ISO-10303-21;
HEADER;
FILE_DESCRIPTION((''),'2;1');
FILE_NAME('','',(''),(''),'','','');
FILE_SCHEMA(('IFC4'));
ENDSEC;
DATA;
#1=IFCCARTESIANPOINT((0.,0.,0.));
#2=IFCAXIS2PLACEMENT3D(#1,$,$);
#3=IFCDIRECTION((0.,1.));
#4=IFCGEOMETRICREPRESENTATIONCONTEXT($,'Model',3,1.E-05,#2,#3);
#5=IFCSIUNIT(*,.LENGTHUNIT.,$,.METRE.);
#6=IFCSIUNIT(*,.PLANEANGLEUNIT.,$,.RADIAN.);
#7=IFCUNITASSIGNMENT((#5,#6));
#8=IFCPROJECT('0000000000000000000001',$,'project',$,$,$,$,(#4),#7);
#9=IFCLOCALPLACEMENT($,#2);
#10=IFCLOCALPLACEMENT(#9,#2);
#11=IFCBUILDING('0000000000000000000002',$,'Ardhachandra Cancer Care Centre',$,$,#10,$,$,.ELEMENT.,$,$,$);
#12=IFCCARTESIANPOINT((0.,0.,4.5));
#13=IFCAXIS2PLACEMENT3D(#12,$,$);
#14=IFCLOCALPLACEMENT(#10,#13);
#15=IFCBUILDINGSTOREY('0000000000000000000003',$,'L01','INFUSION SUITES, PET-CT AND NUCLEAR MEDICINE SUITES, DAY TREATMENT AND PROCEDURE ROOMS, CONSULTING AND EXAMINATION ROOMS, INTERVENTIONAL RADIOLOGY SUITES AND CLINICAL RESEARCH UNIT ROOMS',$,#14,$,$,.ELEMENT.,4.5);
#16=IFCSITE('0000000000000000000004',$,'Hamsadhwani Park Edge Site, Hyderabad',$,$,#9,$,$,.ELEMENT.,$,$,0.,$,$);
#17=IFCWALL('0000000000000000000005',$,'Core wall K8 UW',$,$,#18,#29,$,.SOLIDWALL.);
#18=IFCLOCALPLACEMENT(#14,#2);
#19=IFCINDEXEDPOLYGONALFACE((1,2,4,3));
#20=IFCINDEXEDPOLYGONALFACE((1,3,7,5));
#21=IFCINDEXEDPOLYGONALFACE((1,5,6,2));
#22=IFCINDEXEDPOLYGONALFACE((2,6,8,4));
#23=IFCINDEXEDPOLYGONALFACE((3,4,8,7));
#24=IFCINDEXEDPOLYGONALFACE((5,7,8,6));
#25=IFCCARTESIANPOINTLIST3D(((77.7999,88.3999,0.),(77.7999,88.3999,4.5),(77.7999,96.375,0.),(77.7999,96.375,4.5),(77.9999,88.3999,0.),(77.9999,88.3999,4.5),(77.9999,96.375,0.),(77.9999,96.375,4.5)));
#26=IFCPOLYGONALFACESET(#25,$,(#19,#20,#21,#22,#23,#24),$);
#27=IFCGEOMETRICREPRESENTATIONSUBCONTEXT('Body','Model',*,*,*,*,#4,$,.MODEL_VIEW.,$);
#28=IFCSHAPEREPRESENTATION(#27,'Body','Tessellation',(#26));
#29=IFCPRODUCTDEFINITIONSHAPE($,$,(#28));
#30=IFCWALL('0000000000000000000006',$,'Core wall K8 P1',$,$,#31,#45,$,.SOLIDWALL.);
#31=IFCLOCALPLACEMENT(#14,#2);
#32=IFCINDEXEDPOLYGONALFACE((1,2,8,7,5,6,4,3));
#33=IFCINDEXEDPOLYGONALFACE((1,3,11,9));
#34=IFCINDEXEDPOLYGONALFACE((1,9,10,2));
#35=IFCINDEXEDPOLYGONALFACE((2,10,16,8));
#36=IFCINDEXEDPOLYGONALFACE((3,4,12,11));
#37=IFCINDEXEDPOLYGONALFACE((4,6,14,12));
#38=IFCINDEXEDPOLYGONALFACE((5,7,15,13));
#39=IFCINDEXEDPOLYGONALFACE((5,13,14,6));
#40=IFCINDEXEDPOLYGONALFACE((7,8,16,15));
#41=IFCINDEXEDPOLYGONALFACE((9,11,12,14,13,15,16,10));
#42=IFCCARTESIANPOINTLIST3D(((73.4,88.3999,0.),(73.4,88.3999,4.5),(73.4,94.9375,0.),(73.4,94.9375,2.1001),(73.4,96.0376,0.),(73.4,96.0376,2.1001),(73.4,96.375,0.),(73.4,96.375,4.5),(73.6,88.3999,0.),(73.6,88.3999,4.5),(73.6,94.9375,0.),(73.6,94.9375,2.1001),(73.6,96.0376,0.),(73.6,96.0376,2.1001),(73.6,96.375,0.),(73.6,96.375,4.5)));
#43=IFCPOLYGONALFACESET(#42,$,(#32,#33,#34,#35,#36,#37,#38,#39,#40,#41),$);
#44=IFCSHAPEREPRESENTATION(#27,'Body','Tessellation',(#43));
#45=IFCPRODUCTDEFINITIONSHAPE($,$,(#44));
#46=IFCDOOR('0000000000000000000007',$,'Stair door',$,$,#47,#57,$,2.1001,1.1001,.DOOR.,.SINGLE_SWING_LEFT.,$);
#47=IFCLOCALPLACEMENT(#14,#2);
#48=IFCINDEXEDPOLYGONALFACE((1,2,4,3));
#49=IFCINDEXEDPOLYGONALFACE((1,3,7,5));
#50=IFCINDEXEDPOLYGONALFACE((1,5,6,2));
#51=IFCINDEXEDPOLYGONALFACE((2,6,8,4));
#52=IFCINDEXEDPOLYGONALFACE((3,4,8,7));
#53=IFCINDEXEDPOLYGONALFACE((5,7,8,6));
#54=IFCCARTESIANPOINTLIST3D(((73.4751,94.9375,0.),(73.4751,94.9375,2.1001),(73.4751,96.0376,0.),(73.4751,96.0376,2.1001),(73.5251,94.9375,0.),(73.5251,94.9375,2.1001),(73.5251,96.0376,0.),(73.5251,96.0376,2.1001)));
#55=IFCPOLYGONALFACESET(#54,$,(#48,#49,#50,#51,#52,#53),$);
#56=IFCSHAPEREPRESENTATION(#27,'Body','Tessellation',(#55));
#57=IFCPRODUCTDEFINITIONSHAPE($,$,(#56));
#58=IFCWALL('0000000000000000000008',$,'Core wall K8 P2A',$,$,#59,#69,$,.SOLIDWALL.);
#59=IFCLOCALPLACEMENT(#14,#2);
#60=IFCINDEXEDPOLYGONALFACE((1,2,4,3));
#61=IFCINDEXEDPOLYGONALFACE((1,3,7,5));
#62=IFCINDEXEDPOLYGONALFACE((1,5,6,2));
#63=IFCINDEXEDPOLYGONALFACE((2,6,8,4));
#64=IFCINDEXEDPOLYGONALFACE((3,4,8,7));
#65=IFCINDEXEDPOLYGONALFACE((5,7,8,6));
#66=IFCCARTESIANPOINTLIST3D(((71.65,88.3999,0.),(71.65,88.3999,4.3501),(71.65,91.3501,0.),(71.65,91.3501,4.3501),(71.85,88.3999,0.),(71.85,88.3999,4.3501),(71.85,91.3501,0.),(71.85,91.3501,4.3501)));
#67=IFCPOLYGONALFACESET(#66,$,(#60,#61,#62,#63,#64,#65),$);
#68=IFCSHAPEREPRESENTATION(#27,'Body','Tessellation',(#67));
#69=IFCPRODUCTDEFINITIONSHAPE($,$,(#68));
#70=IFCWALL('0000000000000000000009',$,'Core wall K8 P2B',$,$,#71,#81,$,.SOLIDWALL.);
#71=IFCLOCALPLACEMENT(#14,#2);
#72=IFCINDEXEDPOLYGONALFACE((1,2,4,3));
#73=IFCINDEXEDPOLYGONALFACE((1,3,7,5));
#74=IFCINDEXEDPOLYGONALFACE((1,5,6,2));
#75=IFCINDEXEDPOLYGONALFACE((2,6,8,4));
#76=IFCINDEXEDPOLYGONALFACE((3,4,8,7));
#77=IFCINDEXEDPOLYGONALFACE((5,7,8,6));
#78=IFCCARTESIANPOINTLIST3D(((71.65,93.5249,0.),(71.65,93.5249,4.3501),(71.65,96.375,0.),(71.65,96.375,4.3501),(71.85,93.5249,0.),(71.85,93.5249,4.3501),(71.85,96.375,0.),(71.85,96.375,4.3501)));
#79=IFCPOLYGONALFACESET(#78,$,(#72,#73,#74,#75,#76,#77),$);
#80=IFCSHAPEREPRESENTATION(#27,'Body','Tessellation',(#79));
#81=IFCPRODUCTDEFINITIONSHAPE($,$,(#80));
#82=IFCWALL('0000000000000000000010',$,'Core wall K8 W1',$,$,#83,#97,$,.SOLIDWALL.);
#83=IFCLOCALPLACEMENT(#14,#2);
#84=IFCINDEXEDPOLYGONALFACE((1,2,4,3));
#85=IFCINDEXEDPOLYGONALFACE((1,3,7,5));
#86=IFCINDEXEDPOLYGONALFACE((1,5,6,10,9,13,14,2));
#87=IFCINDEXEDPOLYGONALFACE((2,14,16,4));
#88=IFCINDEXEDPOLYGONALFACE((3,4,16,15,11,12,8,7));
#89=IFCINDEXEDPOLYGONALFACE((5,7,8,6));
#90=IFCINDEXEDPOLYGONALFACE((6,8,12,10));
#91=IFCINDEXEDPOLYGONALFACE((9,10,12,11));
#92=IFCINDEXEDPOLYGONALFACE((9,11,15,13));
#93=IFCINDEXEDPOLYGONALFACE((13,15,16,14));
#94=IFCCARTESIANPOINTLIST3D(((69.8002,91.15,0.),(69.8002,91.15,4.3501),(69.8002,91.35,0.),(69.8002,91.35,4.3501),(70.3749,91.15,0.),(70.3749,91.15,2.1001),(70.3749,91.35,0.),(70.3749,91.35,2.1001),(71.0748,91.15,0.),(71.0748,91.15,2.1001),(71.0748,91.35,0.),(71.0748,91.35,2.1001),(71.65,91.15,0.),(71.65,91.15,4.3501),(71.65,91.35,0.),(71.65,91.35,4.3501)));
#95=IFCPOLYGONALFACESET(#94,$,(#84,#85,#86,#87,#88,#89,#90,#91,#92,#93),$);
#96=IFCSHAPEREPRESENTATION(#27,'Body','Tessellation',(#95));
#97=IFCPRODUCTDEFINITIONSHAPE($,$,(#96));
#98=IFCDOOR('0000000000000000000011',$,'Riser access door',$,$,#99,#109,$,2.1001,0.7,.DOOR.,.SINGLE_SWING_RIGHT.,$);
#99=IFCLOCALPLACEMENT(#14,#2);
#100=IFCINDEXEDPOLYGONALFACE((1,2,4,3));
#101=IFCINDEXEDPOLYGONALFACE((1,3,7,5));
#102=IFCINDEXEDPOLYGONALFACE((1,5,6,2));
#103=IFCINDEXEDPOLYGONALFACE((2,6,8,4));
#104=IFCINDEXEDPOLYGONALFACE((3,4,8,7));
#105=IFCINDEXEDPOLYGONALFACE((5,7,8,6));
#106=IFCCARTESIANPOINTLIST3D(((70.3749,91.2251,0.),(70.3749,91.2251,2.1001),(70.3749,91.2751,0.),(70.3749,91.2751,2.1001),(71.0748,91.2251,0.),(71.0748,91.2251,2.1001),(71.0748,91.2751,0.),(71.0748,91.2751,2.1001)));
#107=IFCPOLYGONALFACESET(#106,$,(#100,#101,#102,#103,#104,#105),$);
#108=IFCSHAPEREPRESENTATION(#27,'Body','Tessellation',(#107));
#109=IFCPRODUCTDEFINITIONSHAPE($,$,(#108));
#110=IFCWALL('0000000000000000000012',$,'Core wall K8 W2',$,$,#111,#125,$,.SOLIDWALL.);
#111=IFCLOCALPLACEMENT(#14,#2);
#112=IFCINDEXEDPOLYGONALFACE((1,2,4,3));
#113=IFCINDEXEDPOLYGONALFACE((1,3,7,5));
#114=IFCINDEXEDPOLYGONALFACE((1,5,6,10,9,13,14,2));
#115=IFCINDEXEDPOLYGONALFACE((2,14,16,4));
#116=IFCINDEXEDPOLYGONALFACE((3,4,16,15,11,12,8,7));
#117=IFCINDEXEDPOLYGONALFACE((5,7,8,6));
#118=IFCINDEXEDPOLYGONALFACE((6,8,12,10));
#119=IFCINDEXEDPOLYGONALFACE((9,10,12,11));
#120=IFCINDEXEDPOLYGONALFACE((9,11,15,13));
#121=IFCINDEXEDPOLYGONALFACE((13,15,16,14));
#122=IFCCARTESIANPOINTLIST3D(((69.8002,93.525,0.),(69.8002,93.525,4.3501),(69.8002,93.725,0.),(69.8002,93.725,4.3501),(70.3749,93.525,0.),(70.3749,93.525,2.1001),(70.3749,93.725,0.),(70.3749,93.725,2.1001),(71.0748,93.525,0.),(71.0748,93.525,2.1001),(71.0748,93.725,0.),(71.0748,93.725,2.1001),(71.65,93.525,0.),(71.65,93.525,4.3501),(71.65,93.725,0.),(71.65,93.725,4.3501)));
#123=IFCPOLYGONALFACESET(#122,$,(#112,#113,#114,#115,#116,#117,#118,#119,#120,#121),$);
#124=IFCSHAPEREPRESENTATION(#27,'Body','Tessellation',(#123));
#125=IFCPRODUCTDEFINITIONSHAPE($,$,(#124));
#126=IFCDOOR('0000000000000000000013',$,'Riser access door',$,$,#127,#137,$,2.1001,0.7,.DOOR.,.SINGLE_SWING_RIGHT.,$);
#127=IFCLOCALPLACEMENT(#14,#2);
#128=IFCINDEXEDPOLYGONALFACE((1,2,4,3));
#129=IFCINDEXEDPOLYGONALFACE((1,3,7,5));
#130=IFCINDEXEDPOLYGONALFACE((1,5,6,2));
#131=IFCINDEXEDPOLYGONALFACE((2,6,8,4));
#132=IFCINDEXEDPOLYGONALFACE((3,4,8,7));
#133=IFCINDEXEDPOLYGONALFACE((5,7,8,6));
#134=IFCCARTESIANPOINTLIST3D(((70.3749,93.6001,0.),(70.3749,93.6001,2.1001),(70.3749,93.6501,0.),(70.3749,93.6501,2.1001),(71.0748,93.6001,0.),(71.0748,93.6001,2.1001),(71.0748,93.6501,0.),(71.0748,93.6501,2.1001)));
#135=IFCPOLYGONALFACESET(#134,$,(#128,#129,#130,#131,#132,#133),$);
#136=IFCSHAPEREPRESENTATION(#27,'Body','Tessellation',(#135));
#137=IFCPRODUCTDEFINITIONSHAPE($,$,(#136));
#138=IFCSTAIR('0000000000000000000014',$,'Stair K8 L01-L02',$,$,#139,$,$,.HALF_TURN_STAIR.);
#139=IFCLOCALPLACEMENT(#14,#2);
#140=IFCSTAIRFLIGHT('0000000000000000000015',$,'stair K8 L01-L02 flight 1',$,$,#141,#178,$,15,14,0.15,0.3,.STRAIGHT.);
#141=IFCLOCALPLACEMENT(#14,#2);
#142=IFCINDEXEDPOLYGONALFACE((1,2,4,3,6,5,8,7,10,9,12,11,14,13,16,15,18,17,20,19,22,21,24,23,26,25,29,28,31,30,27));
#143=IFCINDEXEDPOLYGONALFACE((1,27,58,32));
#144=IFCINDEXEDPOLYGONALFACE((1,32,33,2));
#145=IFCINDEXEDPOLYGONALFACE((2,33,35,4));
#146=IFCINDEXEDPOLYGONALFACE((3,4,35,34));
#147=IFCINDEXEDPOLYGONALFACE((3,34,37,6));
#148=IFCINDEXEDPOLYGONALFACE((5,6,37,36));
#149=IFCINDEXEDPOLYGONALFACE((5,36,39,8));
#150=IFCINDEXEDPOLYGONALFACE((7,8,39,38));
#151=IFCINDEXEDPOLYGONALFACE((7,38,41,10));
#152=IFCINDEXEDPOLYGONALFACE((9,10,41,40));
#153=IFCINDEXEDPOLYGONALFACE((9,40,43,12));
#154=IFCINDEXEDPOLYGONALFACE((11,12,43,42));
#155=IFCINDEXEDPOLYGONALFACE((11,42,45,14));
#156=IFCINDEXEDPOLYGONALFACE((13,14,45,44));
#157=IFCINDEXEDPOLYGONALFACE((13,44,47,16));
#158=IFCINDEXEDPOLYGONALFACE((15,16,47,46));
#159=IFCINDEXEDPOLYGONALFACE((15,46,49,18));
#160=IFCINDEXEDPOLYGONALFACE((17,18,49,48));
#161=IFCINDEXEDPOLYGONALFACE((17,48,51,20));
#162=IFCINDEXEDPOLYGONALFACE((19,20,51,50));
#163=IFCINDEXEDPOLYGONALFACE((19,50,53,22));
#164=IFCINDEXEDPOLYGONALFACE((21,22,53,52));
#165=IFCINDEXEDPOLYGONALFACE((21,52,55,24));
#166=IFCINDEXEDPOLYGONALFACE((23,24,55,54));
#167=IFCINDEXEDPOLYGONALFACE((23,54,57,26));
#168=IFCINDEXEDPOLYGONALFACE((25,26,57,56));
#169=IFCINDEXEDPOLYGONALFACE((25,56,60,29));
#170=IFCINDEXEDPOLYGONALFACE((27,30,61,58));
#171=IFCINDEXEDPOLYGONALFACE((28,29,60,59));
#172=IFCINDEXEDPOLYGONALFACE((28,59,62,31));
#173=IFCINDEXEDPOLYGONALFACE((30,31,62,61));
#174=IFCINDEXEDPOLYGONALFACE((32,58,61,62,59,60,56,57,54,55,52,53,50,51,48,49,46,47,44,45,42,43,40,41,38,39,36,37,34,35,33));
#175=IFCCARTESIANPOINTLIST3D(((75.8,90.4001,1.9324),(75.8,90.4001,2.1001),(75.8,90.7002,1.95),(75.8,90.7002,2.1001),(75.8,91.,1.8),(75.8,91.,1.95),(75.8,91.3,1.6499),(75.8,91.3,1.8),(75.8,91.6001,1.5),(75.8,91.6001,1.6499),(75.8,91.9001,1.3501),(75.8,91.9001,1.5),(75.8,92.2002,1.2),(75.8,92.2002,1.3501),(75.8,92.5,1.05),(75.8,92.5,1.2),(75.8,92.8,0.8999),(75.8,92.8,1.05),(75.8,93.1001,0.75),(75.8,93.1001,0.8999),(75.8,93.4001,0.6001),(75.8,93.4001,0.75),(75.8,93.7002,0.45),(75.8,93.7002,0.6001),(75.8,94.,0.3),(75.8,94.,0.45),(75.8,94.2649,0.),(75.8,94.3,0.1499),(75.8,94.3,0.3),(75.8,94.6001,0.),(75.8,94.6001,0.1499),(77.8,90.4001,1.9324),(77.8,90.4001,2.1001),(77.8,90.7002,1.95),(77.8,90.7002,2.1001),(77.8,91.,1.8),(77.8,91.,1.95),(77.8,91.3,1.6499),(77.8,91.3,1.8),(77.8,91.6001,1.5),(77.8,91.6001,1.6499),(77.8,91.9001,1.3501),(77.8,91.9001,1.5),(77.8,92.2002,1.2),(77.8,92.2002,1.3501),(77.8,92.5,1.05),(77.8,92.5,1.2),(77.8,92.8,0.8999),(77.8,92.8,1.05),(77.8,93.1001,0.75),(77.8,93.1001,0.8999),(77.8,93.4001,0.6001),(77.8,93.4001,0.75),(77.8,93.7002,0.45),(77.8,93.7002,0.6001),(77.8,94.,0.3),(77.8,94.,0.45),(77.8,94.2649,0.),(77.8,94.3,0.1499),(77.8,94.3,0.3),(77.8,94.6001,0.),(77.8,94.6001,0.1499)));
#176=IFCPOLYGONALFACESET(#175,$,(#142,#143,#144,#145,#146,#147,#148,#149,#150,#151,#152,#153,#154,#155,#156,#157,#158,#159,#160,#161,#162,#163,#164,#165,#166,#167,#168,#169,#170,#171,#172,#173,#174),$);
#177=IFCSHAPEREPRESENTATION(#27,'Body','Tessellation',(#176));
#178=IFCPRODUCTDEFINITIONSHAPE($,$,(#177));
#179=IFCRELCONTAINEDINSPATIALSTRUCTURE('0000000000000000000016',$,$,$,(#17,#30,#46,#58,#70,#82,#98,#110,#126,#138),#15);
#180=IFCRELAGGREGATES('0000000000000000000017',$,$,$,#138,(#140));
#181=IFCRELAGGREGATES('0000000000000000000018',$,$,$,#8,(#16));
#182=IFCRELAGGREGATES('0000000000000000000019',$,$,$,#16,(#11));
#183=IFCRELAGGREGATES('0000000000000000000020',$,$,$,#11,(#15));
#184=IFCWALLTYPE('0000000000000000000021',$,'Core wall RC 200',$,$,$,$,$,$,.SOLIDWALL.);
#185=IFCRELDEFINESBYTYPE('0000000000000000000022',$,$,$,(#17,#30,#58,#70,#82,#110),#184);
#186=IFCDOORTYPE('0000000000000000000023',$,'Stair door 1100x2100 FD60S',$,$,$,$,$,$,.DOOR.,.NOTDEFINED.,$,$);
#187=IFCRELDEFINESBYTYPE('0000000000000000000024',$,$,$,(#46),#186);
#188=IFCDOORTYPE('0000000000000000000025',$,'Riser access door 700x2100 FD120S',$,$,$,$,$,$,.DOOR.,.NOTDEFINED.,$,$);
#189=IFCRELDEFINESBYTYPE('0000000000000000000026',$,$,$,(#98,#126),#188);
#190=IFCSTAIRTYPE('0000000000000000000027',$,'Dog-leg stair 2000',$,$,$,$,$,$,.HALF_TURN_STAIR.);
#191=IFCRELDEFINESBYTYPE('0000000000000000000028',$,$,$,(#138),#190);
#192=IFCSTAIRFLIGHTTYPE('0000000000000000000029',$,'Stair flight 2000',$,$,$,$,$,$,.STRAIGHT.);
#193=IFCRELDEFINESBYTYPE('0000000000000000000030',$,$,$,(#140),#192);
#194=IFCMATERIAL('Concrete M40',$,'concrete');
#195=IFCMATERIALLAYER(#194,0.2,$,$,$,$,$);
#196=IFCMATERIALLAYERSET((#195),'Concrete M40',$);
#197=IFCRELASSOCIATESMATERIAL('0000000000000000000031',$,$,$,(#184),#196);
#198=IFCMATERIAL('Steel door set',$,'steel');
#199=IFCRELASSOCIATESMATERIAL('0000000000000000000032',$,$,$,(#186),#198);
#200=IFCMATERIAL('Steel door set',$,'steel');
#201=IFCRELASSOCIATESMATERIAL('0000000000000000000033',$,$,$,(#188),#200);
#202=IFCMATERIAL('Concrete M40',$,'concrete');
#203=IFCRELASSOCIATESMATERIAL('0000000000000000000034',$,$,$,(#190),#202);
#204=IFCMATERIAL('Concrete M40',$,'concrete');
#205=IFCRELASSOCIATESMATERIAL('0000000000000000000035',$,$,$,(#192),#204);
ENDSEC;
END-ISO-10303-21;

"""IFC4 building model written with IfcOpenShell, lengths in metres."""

from ifc_helpers import new_model, si_unit, direction, frame, frame_2d, origin, place, context, subcontext, project, spatial, polyline, rectangle, outline, extrude, material, layer, layer_set, type_object, element, fill, aggregate, save


model = new_model("IFC4")

# Units and contexts
model_context = context("Model", 3, precision=1e-05, world=origin(), true_north=direction((0.0, 1.0)))
body_context = subcontext(model_context, "Body", "Model", "MODEL_VIEW")
ifc_project = project(units=[si_unit("LENGTHUNIT", "METRE"), si_unit("PLANEANGLEUNIT", "RADIAN")], contexts=[model_context])

# Site, building, storey
site_placement = place(None, origin())
site = spatial("IfcSite", under=ifc_project, at=site_placement, Name="Hamsadhwani Park Edge Site, Hyderabad", CompositionType="ELEMENT", RefElevation=0.0)
building_placement = place(site_placement, origin())
building = spatial("IfcBuilding", under=site, at=building_placement, Name="Ardhachandra Cancer Care Centre", CompositionType="ELEMENT")
storey_placement = place(building_placement, frame((0.0, 0.0, 4.5)))
storey = spatial("IfcBuildingStorey", under=building, at=storey_placement, Name="L01", Description="INFUSION SUITES, PET-CT AND NUCLEAR MEDICINE SUITES, DAY TREATMENT AND PROCEDURE ROOMS, CONSULTING AND EXAMINATION ROOMS, INTERVENTIONAL RADIOLOGY SUITES AND CLINICAL RESEARCH UNIT ROOMS", CompositionType="ELEMENT", Elevation=4.5)

# Shared definitions
ifc_material_1 = material(Name="Concrete M40", Category="concrete")
ifc_layer_1 = layer(ifc_material_1, 0.2)
ifc_layer_set_1 = layer_set([ifc_layer_1], Name="Concrete M40")
wall_type_1 = type_object("IfcWallType", Name="Core wall RC 200", PredefinedType="SOLIDWALL", material=ifc_layer_set_1)

# Wall
wall_1_placement = place(storey_placement, frame((77.8999, 88.3999, 0.0), z_axis=(0.0, 0.0, 1.0), x_axis=(0.0, 1.0, 0.0)))
element("IfcWall", 1, at=wall_1_placement, inside=storey, type_object=wall_type_1, Name="Core wall K8 UW", PredefinedType="SOLIDWALL", context=body_context, shape_type="SweptSolid", body=[
    extrude(rectangle(XDim=7.9751, YDim=0.2, at=frame_2d((3.9875, 0.0))), origin(), (0.0, 0.0, 1.0), 4.5),
])

# Wall, opening, door
wall_2_placement = place(storey_placement, frame((73.5, 88.3999, 0.0), z_axis=(0.0, 0.0, 1.0), x_axis=(0.0, 1.0, 0.0)))
wall_2 = element("IfcWall", 2, at=wall_2_placement, inside=storey, type_object=wall_type_1, Name="Core wall K8 P1", PredefinedType="SOLIDWALL", context=body_context, shape_type="SweptSolid", body=[
    extrude(rectangle(XDim=7.9751, YDim=0.2, at=frame_2d((3.9875, 0.0))), origin(), (0.0, 0.0, 1.0), 4.5),
])
opening_1_placement = place(wall_2_placement, frame((6.5376, 0.0, 0.0)))
opening_1 = element("IfcOpeningElement", 3, at=opening_1_placement, cuts=wall_2, PredefinedType="OPENING", context=body_context, shape_type="SweptSolid", body=[
    extrude(rectangle(XDim=1.1001, YDim=2.1001, at=frame_2d((0.55, 1.05))), frame((0.0, 0.1099, 0.0), z_axis=(0.0, -1.0, 0.0), x_axis=(1.0, 0.0, 0.0)), (0.0, 0.0, 1.0), 0.22),
])
ifc_material_2 = material(Name="Steel door set", Category="steel")
door_type_1 = type_object("IfcDoorType", Name="Stair door 1100x2100 FD60S", OperationType="NOTDEFINED", PredefinedType="DOOR", material=ifc_material_2)
door_1_placement = place(opening_1_placement, origin())
door_1 = element("IfcDoor", 4, at=door_1_placement, inside=storey, type_object=door_type_1, Name="Stair door", OperationType="SINGLE_SWING_LEFT", OverallHeight=2.1001, OverallWidth=1.1001, PredefinedType="DOOR", context=body_context, shape_type="SweptSolid", body=[
    extrude(rectangle(XDim=1.1001, YDim=2.1001, at=frame_2d((0.55, 1.05))), frame((0.0, 0.0249, 0.0), z_axis=(0.0, -1.0, 0.0), x_axis=(1.0, 0.0, 0.0)), (0.0, 0.0, 1.0), 0.05),
])
fill(opening_1, door_1)

# Walls
wall_3_placement = place(storey_placement, frame((71.75, 88.3999, 0.0), z_axis=(0.0, 0.0, 1.0), x_axis=(0.0, 1.0, 0.0)))
element("IfcWall", 5, at=wall_3_placement, inside=storey, type_object=wall_type_1, Name="Core wall K8 P2A", PredefinedType="SOLIDWALL", context=body_context, shape_type="SweptSolid", body=[
    extrude(rectangle(XDim=2.9502, YDim=0.2, at=frame_2d((1.4751, 0.0))), origin(), (0.0, 0.0, 1.0), 4.3501),
])
wall_4_placement = place(storey_placement, frame((71.75, 93.5249, 0.0), z_axis=(0.0, 0.0, 1.0), x_axis=(0.0, 1.0, 0.0)))
element("IfcWall", 6, at=wall_4_placement, inside=storey, type_object=wall_type_1, Name="Core wall K8 P2B", PredefinedType="SOLIDWALL", context=body_context, shape_type="SweptSolid", body=[
    extrude(rectangle(XDim=2.8501, YDim=0.2, at=frame_2d((1.425, 0.0))), origin(), (0.0, 0.0, 1.0), 4.3501),
])

# Walls, openings, doors
wall_5_placement = place(storey_placement, frame((71.6499, 91.25, 0.0), z_axis=(0.0, 0.0, 1.0), x_axis=(-1.0, 0.0, 0.0)))
wall_5 = element("IfcWall", 7, at=wall_5_placement, inside=storey, type_object=wall_type_1, Name="Core wall K8 W1", PredefinedType="SOLIDWALL", context=body_context, shape_type="SweptSolid", body=[
    extrude(rectangle(XDim=1.8499, YDim=0.2, at=frame_2d((0.9248, 0.0))), origin(), (0.0, 0.0, 1.0), 4.3501),
])
opening_2_placement = place(wall_5_placement, frame((0.575, 0.0, 0.0)))
opening_2 = element("IfcOpeningElement", 8, at=opening_2_placement, cuts=wall_5, PredefinedType="OPENING", context=body_context, shape_type="SweptSolid", body=[
    extrude(rectangle(XDim=0.7, YDim=2.1001, at=frame_2d((0.3501, 1.05))), frame((0.0, 0.1099, 0.0), z_axis=(0.0, -1.0, 0.0), x_axis=(1.0, 0.0, 0.0)), (0.0, 0.0, 1.0), 0.22),
])
ifc_material_3 = material(Name="Steel door set", Category="steel")
door_type_2 = type_object("IfcDoorType", Name="Riser access door 700x2100 FD120S", OperationType="NOTDEFINED", PredefinedType="DOOR", material=ifc_material_3)
door_2_placement = place(opening_2_placement, origin())
door_2 = element("IfcDoor", 9, at=door_2_placement, inside=storey, type_object=door_type_2, Name="Riser access door", OperationType="SINGLE_SWING_RIGHT", OverallHeight=2.1001, OverallWidth=0.7, PredefinedType="DOOR", context=body_context, shape_type="SweptSolid", body=[
    extrude(rectangle(XDim=0.7, YDim=2.1001, at=frame_2d((0.3501, 1.05))), frame((0.0, 0.0249, 0.0), z_axis=(0.0, -1.0, 0.0), x_axis=(1.0, 0.0, 0.0)), (0.0, 0.0, 1.0), 0.05),
])
fill(opening_2, door_2)
wall_6_placement = place(storey_placement, frame((71.6499, 93.625, 0.0), z_axis=(0.0, 0.0, 1.0), x_axis=(-1.0, 0.0, 0.0)))
wall_6 = element("IfcWall", 10, at=wall_6_placement, inside=storey, type_object=wall_type_1, Name="Core wall K8 W2", PredefinedType="SOLIDWALL", context=body_context, shape_type="SweptSolid", body=[
    extrude(rectangle(XDim=1.8499, YDim=0.2, at=frame_2d((0.9248, 0.0))), origin(), (0.0, 0.0, 1.0), 4.3501),
])
opening_3_placement = place(wall_6_placement, frame((0.575, 0.0, 0.0)))
opening_3 = element("IfcOpeningElement", 11, at=opening_3_placement, cuts=wall_6, PredefinedType="OPENING", context=body_context, shape_type="SweptSolid", body=[
    extrude(rectangle(XDim=0.7, YDim=2.1001, at=frame_2d((0.3501, 1.05))), frame((0.0, 0.1099, 0.0), z_axis=(0.0, -1.0, 0.0), x_axis=(1.0, 0.0, 0.0)), (0.0, 0.0, 1.0), 0.22),
])
door_3_placement = place(opening_3_placement, origin())
door_3 = element("IfcDoor", 12, at=door_3_placement, inside=storey, type_object=door_type_2, Name="Riser access door", OperationType="SINGLE_SWING_RIGHT", OverallHeight=2.1001, OverallWidth=0.7, PredefinedType="DOOR", context=body_context, shape_type="SweptSolid", body=[
    extrude(rectangle(XDim=0.7, YDim=2.1001, at=frame_2d((0.3501, 1.05))), frame((0.0, 0.0249, 0.0), z_axis=(0.0, -1.0, 0.0), x_axis=(1.0, 0.0, 0.0)), (0.0, 0.0, 1.0), 0.05),
])
fill(opening_3, door_3)

# Stair, stair flight
ifc_material_4 = material(Name="Concrete M40", Category="concrete")
stair_type = type_object("IfcStairType", Name="Dog-leg stair 2000", PredefinedType="HALF_TURN_STAIR", material=ifc_material_4)
stair_placement = place(storey_placement, origin())
stair = element("IfcStair", 13, at=stair_placement, inside=storey, type_object=stair_type, Name="Stair K8 L01-L02", PredefinedType="HALF_TURN_STAIR")
ifc_material_5 = material(Name="Concrete M40", Category="concrete")
stair_flight_type = type_object("IfcStairFlightType", Name="Stair flight 2000", PredefinedType="STRAIGHT", material=ifc_material_5)
stair_flight_1_placement = place(storey_placement, frame((76.8, 94.6001, 0.0), z_axis=(0.0, 0.0, 1.0), x_axis=(0.0, -1.0, 0.0)))
stair_flight_1 = element("IfcStairFlight", 14, at=stair_flight_1_placement, type_object=stair_flight_type, Name="stair K8 L01-L02 flight 1", NumberOfRisers=15, NumberOfTreads=14, PredefinedType="STRAIGHT", RiserHeight=0.15, TreadLength=0.3, context=body_context, shape_type="SweptSolid", body=[
    extrude(outline(polyline([(0.0, 0.0), (0.0, 0.1499), (0.3, 0.1499), (0.3, 0.3), (0.6001, 0.3), (0.6001, 0.45), (0.8999, 0.45), (0.8999, 0.6001), (1.2, 0.6001), (1.2, 0.75), (1.5, 0.75), (1.5, 0.8999), (1.8, 0.8999), (1.8, 1.05), (2.1001, 1.05), (2.1001, 1.2), (2.3999, 1.2), (2.3999, 1.3501), (2.7, 1.3501), (2.7, 1.5), (3.0, 1.5), (3.0, 1.6499), (3.3, 1.6499), (3.3, 1.8), (3.6001, 1.8), (3.6001, 1.95), (3.8999, 1.95), (3.8999, 2.1001), (4.2, 2.1001), (4.2, 2.25), (4.2, 1.9324), (0.3352, 0.0), (0.0, 0.0)])), frame((0.0, 1.0, 0.0), z_axis=(0.0, -1.0, 0.0), x_axis=(1.0, 0.0, 0.0)), (0.0, 0.0, 1.0), 2.0),
])
aggregate(stair, [stair_flight_1])

save(model, "model.ifc")
